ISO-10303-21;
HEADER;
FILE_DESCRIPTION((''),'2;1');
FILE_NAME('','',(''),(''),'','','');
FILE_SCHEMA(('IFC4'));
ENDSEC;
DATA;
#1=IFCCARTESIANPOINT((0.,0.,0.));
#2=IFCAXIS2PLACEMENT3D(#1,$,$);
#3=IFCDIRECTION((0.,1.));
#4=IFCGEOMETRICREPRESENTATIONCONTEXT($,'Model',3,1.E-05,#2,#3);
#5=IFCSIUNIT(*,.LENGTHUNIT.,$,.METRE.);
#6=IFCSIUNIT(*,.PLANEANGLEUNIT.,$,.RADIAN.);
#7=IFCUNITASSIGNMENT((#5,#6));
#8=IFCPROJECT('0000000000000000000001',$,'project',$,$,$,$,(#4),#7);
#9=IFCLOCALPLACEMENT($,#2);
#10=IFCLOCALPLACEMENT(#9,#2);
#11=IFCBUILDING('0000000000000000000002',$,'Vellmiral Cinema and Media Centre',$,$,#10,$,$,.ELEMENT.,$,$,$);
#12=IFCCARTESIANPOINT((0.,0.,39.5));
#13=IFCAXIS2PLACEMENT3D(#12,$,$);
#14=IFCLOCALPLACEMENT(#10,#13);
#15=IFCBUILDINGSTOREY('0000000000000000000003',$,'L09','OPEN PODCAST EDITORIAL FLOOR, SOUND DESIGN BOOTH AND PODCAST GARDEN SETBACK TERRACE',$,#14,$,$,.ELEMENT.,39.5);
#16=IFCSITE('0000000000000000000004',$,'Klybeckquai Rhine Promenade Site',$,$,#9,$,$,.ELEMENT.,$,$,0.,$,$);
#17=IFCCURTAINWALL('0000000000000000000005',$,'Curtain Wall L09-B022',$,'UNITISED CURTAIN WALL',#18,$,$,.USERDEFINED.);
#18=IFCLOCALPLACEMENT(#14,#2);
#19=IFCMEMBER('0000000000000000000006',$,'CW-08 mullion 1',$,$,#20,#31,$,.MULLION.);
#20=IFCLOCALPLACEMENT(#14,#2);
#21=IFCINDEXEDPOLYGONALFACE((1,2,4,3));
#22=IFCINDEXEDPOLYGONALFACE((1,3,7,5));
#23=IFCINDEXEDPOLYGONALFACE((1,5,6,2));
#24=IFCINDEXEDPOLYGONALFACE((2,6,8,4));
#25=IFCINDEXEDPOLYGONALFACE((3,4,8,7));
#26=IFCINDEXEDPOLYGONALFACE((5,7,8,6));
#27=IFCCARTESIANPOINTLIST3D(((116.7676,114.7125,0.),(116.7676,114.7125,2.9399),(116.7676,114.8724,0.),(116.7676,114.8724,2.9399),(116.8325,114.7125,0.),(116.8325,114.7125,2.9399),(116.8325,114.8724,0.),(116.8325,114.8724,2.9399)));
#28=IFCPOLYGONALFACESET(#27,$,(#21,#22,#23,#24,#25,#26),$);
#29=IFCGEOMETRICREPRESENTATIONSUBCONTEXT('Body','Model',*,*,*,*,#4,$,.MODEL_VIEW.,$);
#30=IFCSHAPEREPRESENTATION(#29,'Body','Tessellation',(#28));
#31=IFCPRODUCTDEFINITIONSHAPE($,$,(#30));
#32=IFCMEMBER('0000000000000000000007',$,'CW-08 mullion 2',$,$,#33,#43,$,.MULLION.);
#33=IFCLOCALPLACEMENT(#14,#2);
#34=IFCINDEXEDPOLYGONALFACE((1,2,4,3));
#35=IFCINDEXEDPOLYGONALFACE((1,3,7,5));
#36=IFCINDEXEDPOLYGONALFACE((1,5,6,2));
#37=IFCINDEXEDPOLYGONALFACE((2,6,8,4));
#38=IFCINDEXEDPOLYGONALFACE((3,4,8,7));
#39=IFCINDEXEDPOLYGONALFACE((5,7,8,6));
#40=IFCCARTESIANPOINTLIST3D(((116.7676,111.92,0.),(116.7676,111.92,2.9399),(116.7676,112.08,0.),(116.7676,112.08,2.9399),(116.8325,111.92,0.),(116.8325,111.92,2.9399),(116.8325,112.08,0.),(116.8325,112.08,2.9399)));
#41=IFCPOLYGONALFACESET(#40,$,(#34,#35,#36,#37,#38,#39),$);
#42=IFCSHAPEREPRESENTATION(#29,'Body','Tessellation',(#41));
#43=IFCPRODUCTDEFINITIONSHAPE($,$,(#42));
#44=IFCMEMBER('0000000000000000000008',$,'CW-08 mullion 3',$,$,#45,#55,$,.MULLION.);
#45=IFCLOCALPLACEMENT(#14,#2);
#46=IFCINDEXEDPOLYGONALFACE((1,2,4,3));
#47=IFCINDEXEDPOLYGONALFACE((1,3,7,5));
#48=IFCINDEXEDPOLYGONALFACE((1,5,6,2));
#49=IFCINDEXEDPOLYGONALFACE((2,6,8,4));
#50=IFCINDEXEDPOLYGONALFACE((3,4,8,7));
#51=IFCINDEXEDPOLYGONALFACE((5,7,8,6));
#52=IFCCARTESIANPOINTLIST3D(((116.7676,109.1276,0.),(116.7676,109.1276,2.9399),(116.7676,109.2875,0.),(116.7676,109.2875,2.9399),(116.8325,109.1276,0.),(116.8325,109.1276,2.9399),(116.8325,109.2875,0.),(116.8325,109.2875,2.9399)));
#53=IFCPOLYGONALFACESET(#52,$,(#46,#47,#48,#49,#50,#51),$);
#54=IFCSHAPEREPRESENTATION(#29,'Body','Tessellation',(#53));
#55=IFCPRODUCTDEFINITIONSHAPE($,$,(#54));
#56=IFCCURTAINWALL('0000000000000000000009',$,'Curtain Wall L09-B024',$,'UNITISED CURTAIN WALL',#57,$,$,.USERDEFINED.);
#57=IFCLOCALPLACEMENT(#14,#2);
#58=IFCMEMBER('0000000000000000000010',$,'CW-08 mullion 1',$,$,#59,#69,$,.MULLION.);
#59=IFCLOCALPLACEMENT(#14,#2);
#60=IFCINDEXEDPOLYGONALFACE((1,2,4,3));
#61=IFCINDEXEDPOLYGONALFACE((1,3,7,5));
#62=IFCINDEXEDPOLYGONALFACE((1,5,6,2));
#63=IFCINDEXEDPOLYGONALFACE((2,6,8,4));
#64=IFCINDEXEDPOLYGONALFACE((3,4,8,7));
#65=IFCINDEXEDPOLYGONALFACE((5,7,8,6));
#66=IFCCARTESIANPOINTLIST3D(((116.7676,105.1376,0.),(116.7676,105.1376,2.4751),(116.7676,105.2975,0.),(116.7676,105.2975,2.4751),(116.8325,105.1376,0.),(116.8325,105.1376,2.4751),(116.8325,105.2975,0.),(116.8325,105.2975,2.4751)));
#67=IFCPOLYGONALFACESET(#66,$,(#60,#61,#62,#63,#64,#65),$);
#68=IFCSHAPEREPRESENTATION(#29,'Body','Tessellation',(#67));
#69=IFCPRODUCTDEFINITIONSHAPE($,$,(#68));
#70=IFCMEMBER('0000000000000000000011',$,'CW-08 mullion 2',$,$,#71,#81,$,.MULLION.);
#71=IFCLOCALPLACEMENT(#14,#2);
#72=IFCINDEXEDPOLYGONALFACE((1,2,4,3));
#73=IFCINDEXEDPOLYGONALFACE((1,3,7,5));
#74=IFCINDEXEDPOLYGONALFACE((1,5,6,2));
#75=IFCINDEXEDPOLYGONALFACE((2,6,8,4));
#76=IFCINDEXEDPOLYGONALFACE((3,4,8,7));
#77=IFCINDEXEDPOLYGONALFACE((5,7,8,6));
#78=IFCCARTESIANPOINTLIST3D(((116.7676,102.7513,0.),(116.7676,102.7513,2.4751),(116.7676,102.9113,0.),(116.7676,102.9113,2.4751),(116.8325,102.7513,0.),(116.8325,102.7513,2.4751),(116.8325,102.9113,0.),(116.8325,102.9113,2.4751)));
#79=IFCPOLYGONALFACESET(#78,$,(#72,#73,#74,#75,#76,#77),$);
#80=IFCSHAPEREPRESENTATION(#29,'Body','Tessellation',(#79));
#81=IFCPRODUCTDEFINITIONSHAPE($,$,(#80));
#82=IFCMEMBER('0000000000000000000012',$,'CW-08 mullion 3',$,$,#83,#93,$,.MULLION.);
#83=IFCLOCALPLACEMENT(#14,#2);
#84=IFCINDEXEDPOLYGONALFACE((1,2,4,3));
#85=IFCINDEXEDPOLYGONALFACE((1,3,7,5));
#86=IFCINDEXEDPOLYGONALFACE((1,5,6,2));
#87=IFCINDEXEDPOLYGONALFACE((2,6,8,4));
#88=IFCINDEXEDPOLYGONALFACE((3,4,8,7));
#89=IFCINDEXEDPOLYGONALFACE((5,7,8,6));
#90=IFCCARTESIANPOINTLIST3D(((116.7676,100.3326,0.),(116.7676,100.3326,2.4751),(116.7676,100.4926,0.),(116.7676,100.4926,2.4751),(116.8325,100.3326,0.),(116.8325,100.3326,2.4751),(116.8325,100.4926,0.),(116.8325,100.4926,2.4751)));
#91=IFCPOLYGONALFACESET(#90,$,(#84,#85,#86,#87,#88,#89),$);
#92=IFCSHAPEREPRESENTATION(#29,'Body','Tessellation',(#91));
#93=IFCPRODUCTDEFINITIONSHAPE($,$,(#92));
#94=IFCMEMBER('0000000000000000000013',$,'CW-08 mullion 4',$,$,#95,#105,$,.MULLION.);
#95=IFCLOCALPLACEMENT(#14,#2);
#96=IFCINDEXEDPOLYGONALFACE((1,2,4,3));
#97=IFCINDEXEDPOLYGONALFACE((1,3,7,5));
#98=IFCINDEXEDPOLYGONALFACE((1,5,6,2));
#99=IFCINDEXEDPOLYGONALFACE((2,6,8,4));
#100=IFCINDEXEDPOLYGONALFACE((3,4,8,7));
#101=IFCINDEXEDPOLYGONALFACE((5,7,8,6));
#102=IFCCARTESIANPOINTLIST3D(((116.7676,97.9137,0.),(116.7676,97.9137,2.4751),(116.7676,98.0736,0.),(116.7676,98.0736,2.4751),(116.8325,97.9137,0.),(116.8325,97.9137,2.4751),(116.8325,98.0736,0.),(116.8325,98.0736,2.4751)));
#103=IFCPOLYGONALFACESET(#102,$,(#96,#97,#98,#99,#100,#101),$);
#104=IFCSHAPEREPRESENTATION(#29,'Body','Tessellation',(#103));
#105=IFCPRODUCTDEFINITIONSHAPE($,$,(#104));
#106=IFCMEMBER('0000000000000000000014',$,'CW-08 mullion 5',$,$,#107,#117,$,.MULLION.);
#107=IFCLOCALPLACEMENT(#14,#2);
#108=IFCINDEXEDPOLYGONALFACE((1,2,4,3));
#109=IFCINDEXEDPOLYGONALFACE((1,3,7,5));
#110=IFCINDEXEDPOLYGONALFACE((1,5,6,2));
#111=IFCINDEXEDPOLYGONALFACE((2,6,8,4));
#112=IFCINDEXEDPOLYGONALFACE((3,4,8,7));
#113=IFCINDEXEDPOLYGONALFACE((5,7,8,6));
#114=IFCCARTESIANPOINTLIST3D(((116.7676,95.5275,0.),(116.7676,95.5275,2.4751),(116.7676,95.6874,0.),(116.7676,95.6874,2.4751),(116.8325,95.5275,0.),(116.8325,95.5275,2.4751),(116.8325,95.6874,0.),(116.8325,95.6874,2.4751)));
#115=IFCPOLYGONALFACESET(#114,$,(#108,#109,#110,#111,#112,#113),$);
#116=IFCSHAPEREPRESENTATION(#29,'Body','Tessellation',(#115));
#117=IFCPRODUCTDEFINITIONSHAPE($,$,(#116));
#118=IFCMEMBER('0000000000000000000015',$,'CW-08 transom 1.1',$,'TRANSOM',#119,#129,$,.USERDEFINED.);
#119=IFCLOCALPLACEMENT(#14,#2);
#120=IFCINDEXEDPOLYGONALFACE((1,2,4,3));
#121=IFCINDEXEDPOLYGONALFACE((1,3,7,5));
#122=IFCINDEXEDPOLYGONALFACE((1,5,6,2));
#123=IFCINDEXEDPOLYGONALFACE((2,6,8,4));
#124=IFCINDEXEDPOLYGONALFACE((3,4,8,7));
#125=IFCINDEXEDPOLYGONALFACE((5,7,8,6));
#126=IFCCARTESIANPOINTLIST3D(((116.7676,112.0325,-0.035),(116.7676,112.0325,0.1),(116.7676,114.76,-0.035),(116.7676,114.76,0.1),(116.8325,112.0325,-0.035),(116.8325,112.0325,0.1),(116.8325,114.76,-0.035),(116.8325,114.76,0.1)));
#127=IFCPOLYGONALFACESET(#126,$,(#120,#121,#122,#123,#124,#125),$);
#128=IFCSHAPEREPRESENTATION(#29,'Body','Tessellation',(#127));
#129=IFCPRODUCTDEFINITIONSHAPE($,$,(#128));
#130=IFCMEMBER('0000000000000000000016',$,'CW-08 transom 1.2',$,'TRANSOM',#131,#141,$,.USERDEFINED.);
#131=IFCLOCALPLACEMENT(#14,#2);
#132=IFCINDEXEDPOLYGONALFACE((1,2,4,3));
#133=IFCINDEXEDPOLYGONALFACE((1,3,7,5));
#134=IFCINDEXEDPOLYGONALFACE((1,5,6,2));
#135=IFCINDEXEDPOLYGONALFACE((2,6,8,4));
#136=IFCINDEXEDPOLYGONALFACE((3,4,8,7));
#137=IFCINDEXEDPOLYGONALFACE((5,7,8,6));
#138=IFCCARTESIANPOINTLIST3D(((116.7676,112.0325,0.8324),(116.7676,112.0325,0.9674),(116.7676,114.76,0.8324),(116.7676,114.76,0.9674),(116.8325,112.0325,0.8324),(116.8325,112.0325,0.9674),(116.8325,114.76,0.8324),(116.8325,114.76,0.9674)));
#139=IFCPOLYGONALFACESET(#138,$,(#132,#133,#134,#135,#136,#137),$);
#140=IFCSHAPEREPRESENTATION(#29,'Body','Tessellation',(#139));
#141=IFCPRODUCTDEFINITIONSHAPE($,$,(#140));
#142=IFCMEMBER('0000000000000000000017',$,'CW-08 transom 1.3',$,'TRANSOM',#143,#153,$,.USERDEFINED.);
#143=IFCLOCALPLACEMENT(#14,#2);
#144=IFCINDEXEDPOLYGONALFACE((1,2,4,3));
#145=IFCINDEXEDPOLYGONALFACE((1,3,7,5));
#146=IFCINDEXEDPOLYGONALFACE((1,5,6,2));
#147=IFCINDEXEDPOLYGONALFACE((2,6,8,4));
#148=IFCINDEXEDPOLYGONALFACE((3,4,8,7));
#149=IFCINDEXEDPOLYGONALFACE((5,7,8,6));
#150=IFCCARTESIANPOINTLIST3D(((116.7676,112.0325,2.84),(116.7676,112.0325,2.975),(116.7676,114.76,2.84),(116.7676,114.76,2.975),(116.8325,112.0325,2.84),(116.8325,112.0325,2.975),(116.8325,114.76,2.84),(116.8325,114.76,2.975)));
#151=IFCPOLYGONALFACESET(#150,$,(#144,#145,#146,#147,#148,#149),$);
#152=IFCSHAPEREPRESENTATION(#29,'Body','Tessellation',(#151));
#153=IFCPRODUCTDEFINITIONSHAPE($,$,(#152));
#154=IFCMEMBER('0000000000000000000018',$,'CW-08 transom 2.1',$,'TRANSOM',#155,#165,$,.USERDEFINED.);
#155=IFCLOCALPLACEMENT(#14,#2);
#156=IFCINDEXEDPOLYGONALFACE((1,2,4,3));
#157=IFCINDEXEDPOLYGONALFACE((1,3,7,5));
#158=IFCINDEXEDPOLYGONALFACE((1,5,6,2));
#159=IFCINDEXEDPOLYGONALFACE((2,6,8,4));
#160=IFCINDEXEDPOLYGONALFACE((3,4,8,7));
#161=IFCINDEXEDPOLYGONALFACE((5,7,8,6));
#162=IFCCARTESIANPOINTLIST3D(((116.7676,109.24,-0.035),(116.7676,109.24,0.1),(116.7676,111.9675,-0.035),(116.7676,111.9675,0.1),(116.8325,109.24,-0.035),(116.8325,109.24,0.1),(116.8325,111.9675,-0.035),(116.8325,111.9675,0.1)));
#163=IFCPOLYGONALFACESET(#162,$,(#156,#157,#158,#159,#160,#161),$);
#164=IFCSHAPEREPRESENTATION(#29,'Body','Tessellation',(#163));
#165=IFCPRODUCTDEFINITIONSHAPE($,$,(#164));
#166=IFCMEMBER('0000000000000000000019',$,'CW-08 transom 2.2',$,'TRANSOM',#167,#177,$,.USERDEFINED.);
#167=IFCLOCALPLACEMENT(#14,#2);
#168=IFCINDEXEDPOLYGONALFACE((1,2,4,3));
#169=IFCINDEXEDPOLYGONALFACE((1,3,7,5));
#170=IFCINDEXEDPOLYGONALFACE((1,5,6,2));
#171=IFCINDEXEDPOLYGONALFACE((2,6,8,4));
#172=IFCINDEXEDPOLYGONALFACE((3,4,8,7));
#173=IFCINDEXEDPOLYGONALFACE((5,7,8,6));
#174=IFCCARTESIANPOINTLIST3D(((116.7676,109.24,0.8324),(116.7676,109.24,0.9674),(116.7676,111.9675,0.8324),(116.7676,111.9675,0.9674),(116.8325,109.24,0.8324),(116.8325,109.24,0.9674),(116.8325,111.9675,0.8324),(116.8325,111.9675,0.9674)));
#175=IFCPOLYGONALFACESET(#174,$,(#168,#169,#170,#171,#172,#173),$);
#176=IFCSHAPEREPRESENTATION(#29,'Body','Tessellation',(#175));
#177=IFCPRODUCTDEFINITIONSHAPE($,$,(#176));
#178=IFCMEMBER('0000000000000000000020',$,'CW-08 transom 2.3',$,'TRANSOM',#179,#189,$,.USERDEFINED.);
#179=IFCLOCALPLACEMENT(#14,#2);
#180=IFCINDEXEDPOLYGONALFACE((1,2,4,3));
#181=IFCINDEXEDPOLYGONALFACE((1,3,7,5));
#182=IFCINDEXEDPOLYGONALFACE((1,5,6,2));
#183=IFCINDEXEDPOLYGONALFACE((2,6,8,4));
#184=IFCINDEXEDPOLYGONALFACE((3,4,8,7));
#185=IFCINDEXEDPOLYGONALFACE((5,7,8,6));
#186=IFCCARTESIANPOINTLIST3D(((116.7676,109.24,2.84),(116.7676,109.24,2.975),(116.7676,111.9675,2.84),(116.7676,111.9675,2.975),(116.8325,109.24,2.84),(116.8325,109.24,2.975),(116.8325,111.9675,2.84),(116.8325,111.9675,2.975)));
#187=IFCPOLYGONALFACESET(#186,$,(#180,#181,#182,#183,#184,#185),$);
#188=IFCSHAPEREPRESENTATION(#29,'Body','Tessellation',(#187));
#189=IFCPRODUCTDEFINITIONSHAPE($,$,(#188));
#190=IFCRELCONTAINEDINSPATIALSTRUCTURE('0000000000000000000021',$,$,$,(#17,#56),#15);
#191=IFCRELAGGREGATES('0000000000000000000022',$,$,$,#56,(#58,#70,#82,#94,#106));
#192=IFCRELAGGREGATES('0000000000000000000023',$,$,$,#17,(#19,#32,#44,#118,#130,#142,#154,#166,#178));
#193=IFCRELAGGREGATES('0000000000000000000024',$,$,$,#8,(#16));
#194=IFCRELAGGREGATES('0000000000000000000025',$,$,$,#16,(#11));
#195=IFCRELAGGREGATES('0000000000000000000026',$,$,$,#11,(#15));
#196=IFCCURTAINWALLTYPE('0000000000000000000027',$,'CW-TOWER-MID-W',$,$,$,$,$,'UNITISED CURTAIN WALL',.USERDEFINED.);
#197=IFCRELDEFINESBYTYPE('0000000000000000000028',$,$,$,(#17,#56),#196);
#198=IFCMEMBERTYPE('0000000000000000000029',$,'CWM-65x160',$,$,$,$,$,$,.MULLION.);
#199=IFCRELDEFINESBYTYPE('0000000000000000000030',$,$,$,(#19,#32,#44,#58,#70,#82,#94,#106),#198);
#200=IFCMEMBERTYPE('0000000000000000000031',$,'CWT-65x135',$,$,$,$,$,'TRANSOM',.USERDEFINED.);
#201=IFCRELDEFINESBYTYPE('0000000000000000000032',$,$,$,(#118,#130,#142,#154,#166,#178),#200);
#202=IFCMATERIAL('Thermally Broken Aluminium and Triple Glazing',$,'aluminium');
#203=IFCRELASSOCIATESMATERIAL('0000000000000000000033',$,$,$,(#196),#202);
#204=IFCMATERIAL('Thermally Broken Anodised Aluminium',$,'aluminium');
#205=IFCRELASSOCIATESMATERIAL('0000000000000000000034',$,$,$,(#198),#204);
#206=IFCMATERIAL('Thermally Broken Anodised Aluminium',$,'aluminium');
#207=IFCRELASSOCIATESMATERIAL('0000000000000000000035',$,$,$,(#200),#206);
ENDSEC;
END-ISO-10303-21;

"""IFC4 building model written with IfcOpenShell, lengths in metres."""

from ifc_helpers import new_model, si_unit, direction, frame, origin, origin_2d, place, context, subcontext, project, spatial, rectangle, extrude, material, material_profile, profile_set, type_object, element, aggregate, save


model = new_model("IFC4")

# Units and contexts
model_context = context("Model", 3, precision=1e-05, world=origin(), true_north=direction((0.0, 1.0)))
body_context = subcontext(model_context, "Body", "Model", "MODEL_VIEW")
ifc_project = project(units=[si_unit("LENGTHUNIT", "METRE"), si_unit("PLANEANGLEUNIT", "RADIAN")], contexts=[model_context])

# Site, building, storey
site_placement = place(None, origin())
site = spatial("IfcSite", under=ifc_project, at=site_placement, Name="Klybeckquai Rhine Promenade Site", CompositionType="ELEMENT", RefElevation=0.0)
building_placement = place(site_placement, origin())
building = spatial("IfcBuilding", under=site, at=building_placement, Name="Vellmiral Cinema and Media Centre", CompositionType="ELEMENT")
storey_placement = place(building_placement, frame((0.0, 0.0, 39.5)))
storey = spatial("IfcBuildingStorey", under=building, at=storey_placement, Name="L09", Description="OPEN PODCAST EDITORIAL FLOOR, SOUND DESIGN BOOTH AND PODCAST GARDEN SETBACK TERRACE", CompositionType="ELEMENT", Elevation=39.5)

# Curtain walls, members
ifc_material_1 = material(Name="Thermally Broken Aluminium and Triple Glazing", Category="aluminium")
curtain_wall_type = type_object("IfcCurtainWallType", Name="CW-TOWER-MID-W", ElementType="UNITISED CURTAIN WALL", PredefinedType="USERDEFINED", material=ifc_material_1)
curtain_wall_1_placement = place(storey_placement, origin())
curtain_wall_1 = element("IfcCurtainWall", 1, at=curtain_wall_1_placement, inside=storey, type_object=curtain_wall_type, Name="Curtain Wall L09-B022", ObjectType="UNITISED CURTAIN WALL", PredefinedType="USERDEFINED")
ifc_material_2 = material(Name="Thermally Broken Anodised Aluminium", Category="aluminium")
ifc_material_profile_1 = material_profile(ifc_material_2, rectangle(XDim=0.0649, YDim=0.1599, at=origin_2d()), Name="MULL 65x160")
ifc_profile_set_1 = profile_set([ifc_material_profile_1], Name="Thermally Broken Anodised Aluminium")
member_type_1 = type_object("IfcMemberType", Name="CWM-65x160", PredefinedType="MULLION", material=ifc_profile_set_1)
member_1_placement = place(storey_placement, frame((116.8, 114.7925, 0.0), z_axis=(0.0, 0.0, 1.0), x_axis=(1.0, 0.0, 0.0)))
member_1 = element("IfcMember", 2, at=member_1_placement, type_object=member_type_1, Name="CW-08 mullion 1", PredefinedType="MULLION", context=body_context, shape_type="SweptSolid", body=[
    extrude(rectangle(XDim=0.0649, YDim=0.1599, at=origin_2d()), origin(), (0.0, 0.0, 1.0), 2.9399),
])
member_2_placement = place(storey_placement, frame((116.8, 112.0, 0.0), z_axis=(0.0, 0.0, 1.0), x_axis=(1.0, 0.0, 0.0)))
member_2 = element("IfcMember", 3, at=member_2_placement, type_object=member_type_1, Name="CW-08 mullion 2", PredefinedType="MULLION", context=body_context, shape_type="SweptSolid", body=[
    extrude(rectangle(XDim=0.0649, YDim=0.1599, at=origin_2d()), origin(), (0.0, 0.0, 1.0), 2.9399),
])
member_3_placement = place(storey_placement, frame((116.8, 109.2075, 0.0), z_axis=(0.0, 0.0, 1.0), x_axis=(1.0, 0.0, 0.0)))
member_3 = element("IfcMember", 4, at=member_3_placement, type_object=member_type_1, Name="CW-08 mullion 3", PredefinedType="MULLION", context=body_context, shape_type="SweptSolid", body=[
    extrude(rectangle(XDim=0.0649, YDim=0.1599, at=origin_2d()), origin(), (0.0, 0.0, 1.0), 2.9399),
])
curtain_wall_2_placement = place(storey_placement, origin())
curtain_wall_2 = element("IfcCurtainWall", 5, at=curtain_wall_2_placement, inside=storey, type_object=curtain_wall_type, Name="Curtain Wall L09-B024", ObjectType="UNITISED CURTAIN WALL", PredefinedType="USERDEFINED")
member_4_placement = place(storey_placement, frame((116.8, 105.2175, 0.0), z_axis=(0.0, 0.0, 1.0), x_axis=(1.0, 0.0, 0.0)))
member_4 = element("IfcMember", 6, at=member_4_placement, type_object=member_type_1, Name="CW-08 mullion 1", PredefinedType="MULLION", context=body_context, shape_type="SweptSolid", body=[
    extrude(rectangle(XDim=0.0649, YDim=0.1599, at=origin_2d()), origin(), (0.0, 0.0, 1.0), 2.4751),
])
member_5_placement = place(storey_placement, frame((116.8, 102.8313, 0.0), z_axis=(0.0, 0.0, 1.0), x_axis=(1.0, 0.0, 0.0)))
member_5 = element("IfcMember", 7, at=member_5_placement, type_object=member_type_1, Name="CW-08 mullion 2", PredefinedType="MULLION", context=body_context, shape_type="SweptSolid", body=[
    extrude(rectangle(XDim=0.0649, YDim=0.1599, at=origin_2d()), origin(), (0.0, 0.0, 1.0), 2.4751),
])
member_6_placement = place(storey_placement, frame((116.8, 100.4126, 0.0), z_axis=(0.0, 0.0, 1.0), x_axis=(1.0, 0.0, 0.0)))
member_6 = element("IfcMember", 8, at=member_6_placement, type_object=member_type_1, Name="CW-08 mullion 3", PredefinedType="MULLION", context=body_context, shape_type="SweptSolid", body=[
    extrude(rectangle(XDim=0.0649, YDim=0.1599, at=origin_2d()), origin(), (0.0, 0.0, 1.0), 2.4751),
])
member_7_placement = place(storey_placement, frame((116.8, 97.9937, 0.0), z_axis=(0.0, 0.0, 1.0), x_axis=(1.0, 0.0, 0.0)))
member_7 = element("IfcMember", 9, at=member_7_placement, type_object=member_type_1, Name="CW-08 mullion 4", PredefinedType="MULLION", context=body_context, shape_type="SweptSolid", body=[
    extrude(rectangle(XDim=0.0649, YDim=0.1599, at=origin_2d()), origin(), (0.0, 0.0, 1.0), 2.4751),
])
member_8_placement = place(storey_placement, frame((116.8, 95.6074, 0.0), z_axis=(0.0, 0.0, 1.0), x_axis=(1.0, 0.0, 0.0)))
member_8 = element("IfcMember", 10, at=member_8_placement, type_object=member_type_1, Name="CW-08 mullion 5", PredefinedType="MULLION", context=body_context, shape_type="SweptSolid", body=[
    extrude(rectangle(XDim=0.0649, YDim=0.1599, at=origin_2d()), origin(), (0.0, 0.0, 1.0), 2.4751),
])
aggregate(curtain_wall_2, [member_4, member_5, member_6, member_7, member_8])

# Members
ifc_material_3 = material(Name="Thermally Broken Anodised Aluminium", Category="aluminium")
ifc_material_profile_2 = material_profile(ifc_material_3, rectangle(XDim=0.0649, YDim=0.135, at=origin_2d()), Name="MULL 65x135")
ifc_profile_set_2 = profile_set([ifc_material_profile_2], Name="Thermally Broken Anodised Aluminium")
member_type_2 = type_object("IfcMemberType", Name="CWT-65x135", ElementType="TRANSOM", PredefinedType="USERDEFINED", material=ifc_profile_set_2)
member_9_placement = place(storey_placement, frame((116.8, 114.76, 0.0325), z_axis=(0.0, -1.0, 0.0), x_axis=(1.0, 0.0, 0.0)))
member_9 = element("IfcMember", 11, at=member_9_placement, type_object=member_type_2, Name="CW-08 transom 1.1", ObjectType="TRANSOM", PredefinedType="USERDEFINED", context=body_context, shape_type="SweptSolid", body=[
    extrude(rectangle(XDim=0.0649, YDim=0.135, at=origin_2d()), origin(), (0.0, 0.0, 1.0), 2.7275),
])
member_10_placement = place(storey_placement, frame((116.8, 114.76, 0.8999), z_axis=(0.0, -1.0, 0.0), x_axis=(1.0, 0.0, 0.0)))
member_10 = element("IfcMember", 12, at=member_10_placement, type_object=member_type_2, Name="CW-08 transom 1.2", ObjectType="TRANSOM", PredefinedType="USERDEFINED", context=body_context, shape_type="SweptSolid", body=[
    extrude(rectangle(XDim=0.0649, YDim=0.135, at=origin_2d()), origin(), (0.0, 0.0, 1.0), 2.7275),
])
member_11_placement = place(storey_placement, frame((116.8, 114.76, 2.9075), z_axis=(0.0, -1.0, 0.0), x_axis=(1.0, 0.0, 0.0)))
member_11 = element("IfcMember", 13, at=member_11_placement, type_object=member_type_2, Name="CW-08 transom 1.3", ObjectType="TRANSOM", PredefinedType="USERDEFINED", context=body_context, shape_type="SweptSolid", body=[
    extrude(rectangle(XDim=0.0649, YDim=0.135, at=origin_2d()), origin(), (0.0, 0.0, 1.0), 2.7275),
])
member_12_placement = place(storey_placement, frame((116.8, 111.9675, 0.0325), z_axis=(0.0, -1.0, 0.0), x_axis=(1.0, 0.0, 0.0)))
member_12 = element("IfcMember", 14, at=member_12_placement, type_object=member_type_2, Name="CW-08 transom 2.1", ObjectType="TRANSOM", PredefinedType="USERDEFINED", context=body_context, shape_type="SweptSolid", body=[
    extrude(rectangle(XDim=0.0649, YDim=0.135, at=origin_2d()), origin(), (0.0, 0.0, 1.0), 2.7275),
])
member_13_placement = place(storey_placement, frame((116.8, 111.9675, 0.8999), z_axis=(0.0, -1.0, 0.0), x_axis=(1.0, 0.0, 0.0)))
member_13 = element("IfcMember", 15, at=member_13_placement, type_object=member_type_2, Name="CW-08 transom 2.2", ObjectType="TRANSOM", PredefinedType="USERDEFINED", context=body_context, shape_type="SweptSolid", body=[
    extrude(rectangle(XDim=0.0649, YDim=0.135, at=origin_2d()), origin(), (0.0, 0.0, 1.0), 2.7275),
])
member_14_placement = place(storey_placement, frame((116.8, 111.9675, 2.9075), z_axis=(0.0, -1.0, 0.0), x_axis=(1.0, 0.0, 0.0)))
member_14 = element("IfcMember", 16, at=member_14_placement, type_object=member_type_2, Name="CW-08 transom 2.3", ObjectType="TRANSOM", PredefinedType="USERDEFINED", context=body_context, shape_type="SweptSolid", body=[
    extrude(rectangle(XDim=0.0649, YDim=0.135, at=origin_2d()), origin(), (0.0, 0.0, 1.0), 2.7275),
])

aggregate(curtain_wall_1, [member_1, member_2, member_3, member_9, member_10, member_11, member_12, member_13, member_14])

save(model, "model.ifc")
